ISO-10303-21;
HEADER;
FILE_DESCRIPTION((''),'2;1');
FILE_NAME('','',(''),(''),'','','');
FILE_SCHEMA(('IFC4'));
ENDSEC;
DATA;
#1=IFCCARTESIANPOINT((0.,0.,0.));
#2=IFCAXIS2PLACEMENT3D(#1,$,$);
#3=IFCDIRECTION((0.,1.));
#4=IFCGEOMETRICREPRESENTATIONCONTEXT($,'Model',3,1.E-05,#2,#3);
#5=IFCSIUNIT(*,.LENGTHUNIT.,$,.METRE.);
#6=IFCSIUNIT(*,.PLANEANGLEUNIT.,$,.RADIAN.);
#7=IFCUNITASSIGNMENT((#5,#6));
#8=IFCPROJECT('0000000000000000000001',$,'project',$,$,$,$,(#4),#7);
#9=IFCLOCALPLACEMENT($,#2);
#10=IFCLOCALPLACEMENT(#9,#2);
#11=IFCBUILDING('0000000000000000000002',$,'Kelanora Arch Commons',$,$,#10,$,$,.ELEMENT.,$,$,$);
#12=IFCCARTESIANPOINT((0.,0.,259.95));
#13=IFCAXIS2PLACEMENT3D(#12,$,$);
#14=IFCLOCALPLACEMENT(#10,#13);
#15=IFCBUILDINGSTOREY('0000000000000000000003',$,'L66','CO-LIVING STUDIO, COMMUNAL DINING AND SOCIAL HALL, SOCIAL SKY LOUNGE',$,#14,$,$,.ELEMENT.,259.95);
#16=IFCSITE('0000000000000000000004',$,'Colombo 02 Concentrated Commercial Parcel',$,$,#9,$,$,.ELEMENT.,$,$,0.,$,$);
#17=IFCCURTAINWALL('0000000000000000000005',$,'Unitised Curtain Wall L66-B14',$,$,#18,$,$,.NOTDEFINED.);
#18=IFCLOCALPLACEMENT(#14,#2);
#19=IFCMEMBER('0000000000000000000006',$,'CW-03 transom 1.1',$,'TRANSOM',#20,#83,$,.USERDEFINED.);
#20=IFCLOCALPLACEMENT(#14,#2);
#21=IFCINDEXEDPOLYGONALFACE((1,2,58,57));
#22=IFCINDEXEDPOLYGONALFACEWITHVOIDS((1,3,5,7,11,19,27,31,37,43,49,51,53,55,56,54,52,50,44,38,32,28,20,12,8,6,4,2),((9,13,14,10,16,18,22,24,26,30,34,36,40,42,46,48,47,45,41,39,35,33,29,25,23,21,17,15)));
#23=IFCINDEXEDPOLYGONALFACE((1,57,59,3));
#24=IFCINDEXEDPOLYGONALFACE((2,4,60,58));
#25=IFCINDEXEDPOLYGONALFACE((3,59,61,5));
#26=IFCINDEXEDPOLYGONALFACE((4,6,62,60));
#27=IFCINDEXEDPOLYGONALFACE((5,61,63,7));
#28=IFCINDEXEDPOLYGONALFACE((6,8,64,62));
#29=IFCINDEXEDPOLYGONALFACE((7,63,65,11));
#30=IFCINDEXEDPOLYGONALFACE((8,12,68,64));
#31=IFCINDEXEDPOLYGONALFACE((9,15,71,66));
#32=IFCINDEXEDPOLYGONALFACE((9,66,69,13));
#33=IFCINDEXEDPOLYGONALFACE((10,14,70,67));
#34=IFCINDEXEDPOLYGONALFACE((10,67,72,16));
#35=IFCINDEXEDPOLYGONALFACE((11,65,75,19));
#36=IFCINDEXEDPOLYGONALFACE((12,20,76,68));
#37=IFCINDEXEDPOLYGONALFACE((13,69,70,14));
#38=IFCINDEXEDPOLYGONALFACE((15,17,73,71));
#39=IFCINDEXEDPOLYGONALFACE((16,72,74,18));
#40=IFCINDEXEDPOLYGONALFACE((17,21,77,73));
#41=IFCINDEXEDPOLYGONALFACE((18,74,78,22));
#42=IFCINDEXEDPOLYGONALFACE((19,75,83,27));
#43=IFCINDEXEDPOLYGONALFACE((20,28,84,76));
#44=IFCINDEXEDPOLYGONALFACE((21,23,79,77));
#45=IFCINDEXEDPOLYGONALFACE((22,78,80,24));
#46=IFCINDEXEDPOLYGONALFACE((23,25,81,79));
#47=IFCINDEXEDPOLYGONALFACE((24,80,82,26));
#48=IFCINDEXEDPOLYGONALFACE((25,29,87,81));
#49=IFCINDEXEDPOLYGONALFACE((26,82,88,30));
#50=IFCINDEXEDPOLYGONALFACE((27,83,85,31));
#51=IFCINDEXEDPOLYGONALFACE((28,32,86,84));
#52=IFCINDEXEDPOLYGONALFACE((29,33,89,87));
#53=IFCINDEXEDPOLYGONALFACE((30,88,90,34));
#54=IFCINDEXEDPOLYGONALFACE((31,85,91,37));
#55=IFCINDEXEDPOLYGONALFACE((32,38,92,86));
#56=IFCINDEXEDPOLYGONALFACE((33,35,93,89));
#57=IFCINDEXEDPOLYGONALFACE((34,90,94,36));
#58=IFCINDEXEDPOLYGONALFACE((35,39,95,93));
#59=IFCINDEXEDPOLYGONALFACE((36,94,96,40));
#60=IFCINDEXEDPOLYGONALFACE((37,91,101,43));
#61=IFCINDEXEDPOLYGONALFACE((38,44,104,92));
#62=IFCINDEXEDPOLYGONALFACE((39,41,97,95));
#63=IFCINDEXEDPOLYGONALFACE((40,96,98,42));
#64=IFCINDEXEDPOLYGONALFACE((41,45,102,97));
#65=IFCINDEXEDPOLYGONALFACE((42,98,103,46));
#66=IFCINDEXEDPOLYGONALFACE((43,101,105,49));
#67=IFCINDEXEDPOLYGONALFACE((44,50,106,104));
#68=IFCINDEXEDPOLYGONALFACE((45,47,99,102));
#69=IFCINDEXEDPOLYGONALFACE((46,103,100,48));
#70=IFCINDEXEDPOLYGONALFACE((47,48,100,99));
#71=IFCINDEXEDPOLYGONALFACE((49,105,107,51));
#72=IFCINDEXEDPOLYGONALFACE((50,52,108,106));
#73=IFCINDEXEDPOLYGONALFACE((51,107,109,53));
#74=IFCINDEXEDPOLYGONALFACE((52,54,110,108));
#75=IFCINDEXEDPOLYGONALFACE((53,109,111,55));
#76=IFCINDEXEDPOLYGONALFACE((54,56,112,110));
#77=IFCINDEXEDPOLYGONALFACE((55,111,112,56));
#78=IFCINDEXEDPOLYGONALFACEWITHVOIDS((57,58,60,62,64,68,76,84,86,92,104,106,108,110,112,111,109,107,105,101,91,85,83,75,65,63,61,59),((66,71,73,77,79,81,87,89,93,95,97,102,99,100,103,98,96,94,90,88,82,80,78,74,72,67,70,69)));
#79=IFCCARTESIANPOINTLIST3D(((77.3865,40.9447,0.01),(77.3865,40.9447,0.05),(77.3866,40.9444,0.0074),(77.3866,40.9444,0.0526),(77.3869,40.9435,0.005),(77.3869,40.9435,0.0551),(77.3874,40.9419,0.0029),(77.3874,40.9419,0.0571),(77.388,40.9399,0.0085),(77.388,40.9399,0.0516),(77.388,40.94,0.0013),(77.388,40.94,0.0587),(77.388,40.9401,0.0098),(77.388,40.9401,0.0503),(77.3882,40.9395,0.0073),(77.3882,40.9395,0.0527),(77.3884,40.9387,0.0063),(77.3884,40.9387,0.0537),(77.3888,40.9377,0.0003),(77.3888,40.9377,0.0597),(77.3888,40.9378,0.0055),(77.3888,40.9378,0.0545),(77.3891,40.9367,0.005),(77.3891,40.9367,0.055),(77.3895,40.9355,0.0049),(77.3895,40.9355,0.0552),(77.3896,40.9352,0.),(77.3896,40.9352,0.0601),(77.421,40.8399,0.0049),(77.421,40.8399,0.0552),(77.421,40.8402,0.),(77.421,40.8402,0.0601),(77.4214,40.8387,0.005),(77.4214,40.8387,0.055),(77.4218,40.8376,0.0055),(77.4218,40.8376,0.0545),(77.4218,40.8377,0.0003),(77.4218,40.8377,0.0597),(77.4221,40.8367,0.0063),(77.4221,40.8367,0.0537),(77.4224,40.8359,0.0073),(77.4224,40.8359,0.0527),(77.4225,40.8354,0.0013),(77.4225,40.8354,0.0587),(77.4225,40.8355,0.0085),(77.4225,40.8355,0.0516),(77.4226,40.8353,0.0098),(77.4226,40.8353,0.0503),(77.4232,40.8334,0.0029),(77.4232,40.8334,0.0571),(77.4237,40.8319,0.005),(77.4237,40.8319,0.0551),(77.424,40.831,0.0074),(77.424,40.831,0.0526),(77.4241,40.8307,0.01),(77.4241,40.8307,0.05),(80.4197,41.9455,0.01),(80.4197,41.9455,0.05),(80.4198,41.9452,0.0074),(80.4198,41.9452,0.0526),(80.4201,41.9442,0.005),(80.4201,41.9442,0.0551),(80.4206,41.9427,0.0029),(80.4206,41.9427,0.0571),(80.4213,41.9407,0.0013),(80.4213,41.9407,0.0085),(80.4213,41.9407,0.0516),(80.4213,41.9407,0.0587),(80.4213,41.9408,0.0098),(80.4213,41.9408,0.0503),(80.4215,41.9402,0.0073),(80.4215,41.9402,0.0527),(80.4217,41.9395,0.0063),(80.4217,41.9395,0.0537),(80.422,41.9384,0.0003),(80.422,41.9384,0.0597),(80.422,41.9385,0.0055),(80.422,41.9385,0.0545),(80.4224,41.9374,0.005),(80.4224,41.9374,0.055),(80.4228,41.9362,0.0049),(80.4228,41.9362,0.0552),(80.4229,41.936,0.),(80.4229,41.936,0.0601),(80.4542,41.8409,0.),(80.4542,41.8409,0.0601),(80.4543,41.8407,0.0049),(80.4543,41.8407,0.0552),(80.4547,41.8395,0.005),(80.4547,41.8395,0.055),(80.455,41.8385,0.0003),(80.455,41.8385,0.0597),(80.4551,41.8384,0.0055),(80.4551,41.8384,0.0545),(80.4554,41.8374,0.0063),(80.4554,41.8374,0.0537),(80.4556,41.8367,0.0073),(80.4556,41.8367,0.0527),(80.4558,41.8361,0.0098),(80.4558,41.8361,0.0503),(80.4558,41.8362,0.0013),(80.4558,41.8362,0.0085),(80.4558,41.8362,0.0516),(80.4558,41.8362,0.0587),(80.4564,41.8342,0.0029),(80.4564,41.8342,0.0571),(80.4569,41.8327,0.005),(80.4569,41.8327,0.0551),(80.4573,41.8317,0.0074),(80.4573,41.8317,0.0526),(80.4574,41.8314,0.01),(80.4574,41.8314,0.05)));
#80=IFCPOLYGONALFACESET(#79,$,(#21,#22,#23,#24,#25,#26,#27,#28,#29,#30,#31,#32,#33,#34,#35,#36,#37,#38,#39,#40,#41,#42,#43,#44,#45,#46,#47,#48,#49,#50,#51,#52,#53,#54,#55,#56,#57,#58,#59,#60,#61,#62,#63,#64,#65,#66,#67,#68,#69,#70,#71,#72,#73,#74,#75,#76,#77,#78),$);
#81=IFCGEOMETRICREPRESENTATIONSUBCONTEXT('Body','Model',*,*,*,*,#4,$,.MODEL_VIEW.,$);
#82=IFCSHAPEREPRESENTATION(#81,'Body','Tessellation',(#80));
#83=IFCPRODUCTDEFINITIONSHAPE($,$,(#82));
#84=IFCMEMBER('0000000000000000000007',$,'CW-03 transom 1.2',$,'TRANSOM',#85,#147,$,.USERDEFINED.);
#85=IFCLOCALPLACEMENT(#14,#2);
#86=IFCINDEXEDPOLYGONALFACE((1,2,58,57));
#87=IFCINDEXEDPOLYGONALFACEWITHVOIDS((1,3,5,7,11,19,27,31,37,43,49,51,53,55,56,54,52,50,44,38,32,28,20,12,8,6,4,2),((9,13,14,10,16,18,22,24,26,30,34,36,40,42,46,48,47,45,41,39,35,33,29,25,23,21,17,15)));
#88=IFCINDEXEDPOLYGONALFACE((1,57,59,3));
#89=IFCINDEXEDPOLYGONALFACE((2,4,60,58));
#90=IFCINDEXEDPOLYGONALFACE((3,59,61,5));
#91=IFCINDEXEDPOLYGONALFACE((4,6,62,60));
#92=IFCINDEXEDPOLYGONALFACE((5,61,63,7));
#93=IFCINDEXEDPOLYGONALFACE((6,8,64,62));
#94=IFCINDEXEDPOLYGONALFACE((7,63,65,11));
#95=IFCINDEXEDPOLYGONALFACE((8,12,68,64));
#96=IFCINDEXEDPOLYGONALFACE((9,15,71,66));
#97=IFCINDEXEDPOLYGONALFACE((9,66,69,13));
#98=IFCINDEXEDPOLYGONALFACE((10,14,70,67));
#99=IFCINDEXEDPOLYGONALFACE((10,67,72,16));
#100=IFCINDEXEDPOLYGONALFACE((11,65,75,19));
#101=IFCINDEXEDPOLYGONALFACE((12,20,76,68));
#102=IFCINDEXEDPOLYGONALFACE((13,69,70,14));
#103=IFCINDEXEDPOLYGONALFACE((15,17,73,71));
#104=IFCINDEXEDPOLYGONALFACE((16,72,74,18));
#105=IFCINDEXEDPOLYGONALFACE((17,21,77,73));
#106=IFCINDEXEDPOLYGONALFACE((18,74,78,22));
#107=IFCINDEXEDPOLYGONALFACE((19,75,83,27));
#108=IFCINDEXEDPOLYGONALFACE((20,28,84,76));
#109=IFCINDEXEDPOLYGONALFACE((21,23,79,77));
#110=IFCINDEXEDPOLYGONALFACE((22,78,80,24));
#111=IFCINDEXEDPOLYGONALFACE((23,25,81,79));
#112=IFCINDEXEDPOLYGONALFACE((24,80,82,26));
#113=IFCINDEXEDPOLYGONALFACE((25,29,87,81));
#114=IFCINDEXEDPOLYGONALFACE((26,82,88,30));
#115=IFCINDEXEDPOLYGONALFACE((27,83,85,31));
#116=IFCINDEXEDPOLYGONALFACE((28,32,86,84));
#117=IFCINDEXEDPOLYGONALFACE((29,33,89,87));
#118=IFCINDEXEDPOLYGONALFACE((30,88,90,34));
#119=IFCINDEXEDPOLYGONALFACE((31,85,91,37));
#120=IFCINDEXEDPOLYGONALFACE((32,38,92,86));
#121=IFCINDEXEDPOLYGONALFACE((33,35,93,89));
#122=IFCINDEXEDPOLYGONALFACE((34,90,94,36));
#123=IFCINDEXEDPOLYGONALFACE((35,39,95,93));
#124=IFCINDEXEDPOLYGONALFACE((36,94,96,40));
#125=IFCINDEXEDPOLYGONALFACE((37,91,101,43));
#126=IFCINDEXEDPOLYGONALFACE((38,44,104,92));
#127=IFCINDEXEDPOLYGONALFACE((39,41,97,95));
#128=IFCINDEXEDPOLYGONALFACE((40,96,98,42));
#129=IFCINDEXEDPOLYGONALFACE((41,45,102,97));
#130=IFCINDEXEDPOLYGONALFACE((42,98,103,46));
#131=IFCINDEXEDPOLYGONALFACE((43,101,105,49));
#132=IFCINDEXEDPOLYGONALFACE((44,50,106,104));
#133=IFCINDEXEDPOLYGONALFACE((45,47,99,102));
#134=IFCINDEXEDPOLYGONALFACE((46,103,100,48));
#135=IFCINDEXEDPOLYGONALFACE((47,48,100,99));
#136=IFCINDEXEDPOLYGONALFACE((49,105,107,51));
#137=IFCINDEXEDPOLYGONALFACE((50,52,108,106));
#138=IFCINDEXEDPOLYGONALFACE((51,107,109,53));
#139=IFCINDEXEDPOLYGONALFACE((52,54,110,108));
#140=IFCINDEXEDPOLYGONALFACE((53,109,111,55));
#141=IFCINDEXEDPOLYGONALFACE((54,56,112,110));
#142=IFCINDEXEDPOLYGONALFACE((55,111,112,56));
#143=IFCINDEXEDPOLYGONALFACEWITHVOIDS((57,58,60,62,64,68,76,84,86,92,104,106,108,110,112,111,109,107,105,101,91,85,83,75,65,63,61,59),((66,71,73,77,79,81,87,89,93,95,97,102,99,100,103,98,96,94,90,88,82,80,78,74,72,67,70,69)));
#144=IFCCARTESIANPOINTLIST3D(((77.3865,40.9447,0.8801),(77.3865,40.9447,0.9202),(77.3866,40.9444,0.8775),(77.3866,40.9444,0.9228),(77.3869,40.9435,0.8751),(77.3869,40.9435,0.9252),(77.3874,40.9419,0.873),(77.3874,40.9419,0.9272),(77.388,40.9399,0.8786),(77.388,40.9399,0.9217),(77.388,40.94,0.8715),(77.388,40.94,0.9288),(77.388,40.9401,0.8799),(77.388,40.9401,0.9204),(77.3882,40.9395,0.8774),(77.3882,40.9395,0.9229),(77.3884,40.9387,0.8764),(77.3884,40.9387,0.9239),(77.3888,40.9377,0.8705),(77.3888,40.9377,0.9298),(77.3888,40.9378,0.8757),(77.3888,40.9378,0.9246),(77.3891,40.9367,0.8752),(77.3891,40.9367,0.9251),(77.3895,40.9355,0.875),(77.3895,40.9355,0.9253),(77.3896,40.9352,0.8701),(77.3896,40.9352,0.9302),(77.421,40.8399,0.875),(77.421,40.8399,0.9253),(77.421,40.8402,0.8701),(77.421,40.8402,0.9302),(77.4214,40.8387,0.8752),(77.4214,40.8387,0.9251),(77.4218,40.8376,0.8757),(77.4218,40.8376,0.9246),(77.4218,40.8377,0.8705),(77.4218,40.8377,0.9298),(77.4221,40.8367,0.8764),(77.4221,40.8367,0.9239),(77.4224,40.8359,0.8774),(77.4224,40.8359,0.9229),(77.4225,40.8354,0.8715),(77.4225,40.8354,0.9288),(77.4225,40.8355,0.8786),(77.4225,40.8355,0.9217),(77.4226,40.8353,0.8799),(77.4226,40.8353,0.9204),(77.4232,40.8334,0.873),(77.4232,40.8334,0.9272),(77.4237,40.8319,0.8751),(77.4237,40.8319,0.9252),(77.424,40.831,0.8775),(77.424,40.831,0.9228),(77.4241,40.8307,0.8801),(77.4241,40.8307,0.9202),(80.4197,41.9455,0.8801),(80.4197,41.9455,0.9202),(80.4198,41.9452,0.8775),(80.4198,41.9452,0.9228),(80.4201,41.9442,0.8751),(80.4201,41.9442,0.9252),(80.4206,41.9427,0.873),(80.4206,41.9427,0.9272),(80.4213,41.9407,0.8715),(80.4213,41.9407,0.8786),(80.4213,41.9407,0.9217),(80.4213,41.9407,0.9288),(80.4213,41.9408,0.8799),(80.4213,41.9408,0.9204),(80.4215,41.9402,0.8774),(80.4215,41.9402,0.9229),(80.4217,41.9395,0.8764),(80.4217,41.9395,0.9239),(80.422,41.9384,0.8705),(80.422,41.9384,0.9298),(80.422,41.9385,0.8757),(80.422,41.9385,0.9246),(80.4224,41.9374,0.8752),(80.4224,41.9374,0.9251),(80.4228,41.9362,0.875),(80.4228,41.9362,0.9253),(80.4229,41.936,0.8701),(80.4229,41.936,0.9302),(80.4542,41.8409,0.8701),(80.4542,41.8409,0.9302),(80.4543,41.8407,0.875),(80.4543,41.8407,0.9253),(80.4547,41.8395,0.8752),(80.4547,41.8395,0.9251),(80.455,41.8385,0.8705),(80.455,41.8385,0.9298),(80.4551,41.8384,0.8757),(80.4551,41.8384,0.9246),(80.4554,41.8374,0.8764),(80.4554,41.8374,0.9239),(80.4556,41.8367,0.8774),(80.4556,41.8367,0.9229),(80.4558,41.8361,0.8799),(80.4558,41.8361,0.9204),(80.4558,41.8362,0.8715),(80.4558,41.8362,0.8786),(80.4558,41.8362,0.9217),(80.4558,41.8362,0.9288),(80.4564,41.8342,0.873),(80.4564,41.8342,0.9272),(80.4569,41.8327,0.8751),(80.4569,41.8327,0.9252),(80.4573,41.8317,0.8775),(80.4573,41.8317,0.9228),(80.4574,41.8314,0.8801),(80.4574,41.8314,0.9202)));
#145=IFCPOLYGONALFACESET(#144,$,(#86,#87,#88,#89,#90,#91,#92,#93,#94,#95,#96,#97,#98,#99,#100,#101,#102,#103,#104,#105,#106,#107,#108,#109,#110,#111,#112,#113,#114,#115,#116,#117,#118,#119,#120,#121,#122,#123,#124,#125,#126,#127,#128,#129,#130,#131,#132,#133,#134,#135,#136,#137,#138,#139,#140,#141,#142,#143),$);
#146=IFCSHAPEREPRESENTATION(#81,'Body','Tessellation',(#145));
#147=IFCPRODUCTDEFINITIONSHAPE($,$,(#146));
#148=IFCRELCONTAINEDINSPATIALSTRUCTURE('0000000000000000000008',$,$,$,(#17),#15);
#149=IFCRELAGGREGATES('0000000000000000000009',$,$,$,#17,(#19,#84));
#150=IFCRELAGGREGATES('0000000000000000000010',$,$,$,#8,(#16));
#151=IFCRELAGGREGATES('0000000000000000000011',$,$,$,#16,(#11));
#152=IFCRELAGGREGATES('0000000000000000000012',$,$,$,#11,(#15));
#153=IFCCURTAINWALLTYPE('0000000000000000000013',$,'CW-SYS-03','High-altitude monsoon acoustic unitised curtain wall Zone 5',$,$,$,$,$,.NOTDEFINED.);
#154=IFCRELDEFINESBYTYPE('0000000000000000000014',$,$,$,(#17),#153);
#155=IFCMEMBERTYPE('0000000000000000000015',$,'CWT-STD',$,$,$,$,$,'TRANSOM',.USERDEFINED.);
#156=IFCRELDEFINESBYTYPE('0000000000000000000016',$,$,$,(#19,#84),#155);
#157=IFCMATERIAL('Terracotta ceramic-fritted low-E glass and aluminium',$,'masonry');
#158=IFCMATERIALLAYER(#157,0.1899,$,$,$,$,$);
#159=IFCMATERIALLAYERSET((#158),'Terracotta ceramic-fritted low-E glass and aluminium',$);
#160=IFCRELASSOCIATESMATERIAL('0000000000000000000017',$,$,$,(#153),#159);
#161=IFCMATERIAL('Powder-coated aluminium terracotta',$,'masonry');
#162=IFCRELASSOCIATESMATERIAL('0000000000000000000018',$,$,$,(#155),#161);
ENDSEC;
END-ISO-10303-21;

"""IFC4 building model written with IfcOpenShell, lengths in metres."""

from ifc_helpers import new_model, si_unit, direction, frame, origin, origin_2d, place, context, subcontext, project, spatial, hollow_rectangle, extrude, material, layer, layer_set, material_profile, profile_set, type_object, element, aggregate, save


model = new_model("IFC4")

# Units and contexts
model_context = context("Model", 3, precision=1e-05, world=origin(), true_north=direction((0.0, 1.0)))
body_context = subcontext(model_context, "Body", "Model", "MODEL_VIEW")
ifc_project = project(units=[si_unit("LENGTHUNIT", "METRE"), si_unit("PLANEANGLEUNIT", "RADIAN")], contexts=[model_context])

# Site, building, storey
site_placement = place(None, origin())
site = spatial("IfcSite", under=ifc_project, at=site_placement, Name="Colombo 02 Concentrated Commercial Parcel", CompositionType="ELEMENT", RefElevation=0.0)
building_placement = place(site_placement, origin())
building = spatial("IfcBuilding", under=site, at=building_placement, Name="Kelanora Arch Commons", CompositionType="ELEMENT")
storey_placement = place(building_placement, frame((0.0, 0.0, 259.95)))
storey = spatial("IfcBuildingStorey", under=building, at=storey_placement, Name="L66", Description="CO-LIVING STUDIO, COMMUNAL DINING AND SOCIAL HALL, SOCIAL SKY LOUNGE", CompositionType="ELEMENT", Elevation=259.95)

# Curtain wall, members
ifc_material_1 = material(Name="Terracotta ceramic-fritted low-E glass and aluminium", Category="masonry")
ifc_layer_1 = layer(ifc_material_1, 0.1899)
ifc_layer_set_1 = layer_set([ifc_layer_1], Name="Terracotta ceramic-fritted low-E glass and aluminium")
curtain_wall_type = type_object("IfcCurtainWallType", Name="CW-SYS-03", Description="High-altitude monsoon acoustic unitised curtain wall Zone 5", PredefinedType="NOTDEFINED", material=ifc_layer_set_1)
curtain_wall_placement = place(storey_placement, origin())
curtain_wall = element("IfcCurtainWall", 1, at=curtain_wall_placement, inside=storey, type_object=curtain_wall_type, Name="Unitised Curtain Wall L66-B14", PredefinedType="NOTDEFINED")
ifc_material_2 = material(Name="Powder-coated aluminium terracotta", Category="masonry")
ifc_material_profile_1 = material_profile(ifc_material_2, hollow_rectangle(XDim=0.1201, YDim=0.0601, WallThickness=0.0049, InnerFilletRadius=0.0049, OuterFilletRadius=0.01, at=origin_2d()), Name="CWT120x60")
ifc_profile_set_1 = profile_set([ifc_material_profile_1], Name="Powder-coated aluminium terracotta")
member_type_1 = type_object("IfcMemberType", Name="CWT-STD", ElementType="TRANSOM", PredefinedType="USERDEFINED", material=ifc_profile_set_1)
member_1_placement = place(storey_placement, frame((77.4053, 40.8877, 0.03), z_axis=(0.94965, 0.313314, 0.0), x_axis=(-0.313314, 0.94965, 0.0)))
member_1 = element("IfcMember", 2, at=member_1_placement, type_object=member_type_1, Name="CW-03 transom 1.1", ObjectType="TRANSOM", PredefinedType="USERDEFINED", context=body_context, shape_type="SweptSolid", body=[
    extrude(hollow_rectangle(XDim=0.1201, YDim=0.0601, WallThickness=0.0049, InnerFilletRadius=0.0049, OuterFilletRadius=0.01, at=origin_2d()), origin(), (0.0, 0.0, 1.0), 3.1941),
])
member_2_placement = place(storey_placement, frame((77.4053, 40.8877, 0.9001), z_axis=(0.94965, 0.313314, 0.0), x_axis=(-0.313314, 0.94965, 0.0)))
member_2 = element("IfcMember", 3, at=member_2_placement, type_object=member_type_1, Name="CW-03 transom 1.2", ObjectType="TRANSOM", PredefinedType="USERDEFINED", context=body_context, shape_type="SweptSolid", body=[
    extrude(hollow_rectangle(XDim=0.1201, YDim=0.0601, WallThickness=0.0049, InnerFilletRadius=0.0049, OuterFilletRadius=0.01, at=origin_2d()), origin(), (0.0, 0.0, 1.0), 3.1941),
])
aggregate(curtain_wall, [member_1, member_2])

save(model, "model.ifc")
